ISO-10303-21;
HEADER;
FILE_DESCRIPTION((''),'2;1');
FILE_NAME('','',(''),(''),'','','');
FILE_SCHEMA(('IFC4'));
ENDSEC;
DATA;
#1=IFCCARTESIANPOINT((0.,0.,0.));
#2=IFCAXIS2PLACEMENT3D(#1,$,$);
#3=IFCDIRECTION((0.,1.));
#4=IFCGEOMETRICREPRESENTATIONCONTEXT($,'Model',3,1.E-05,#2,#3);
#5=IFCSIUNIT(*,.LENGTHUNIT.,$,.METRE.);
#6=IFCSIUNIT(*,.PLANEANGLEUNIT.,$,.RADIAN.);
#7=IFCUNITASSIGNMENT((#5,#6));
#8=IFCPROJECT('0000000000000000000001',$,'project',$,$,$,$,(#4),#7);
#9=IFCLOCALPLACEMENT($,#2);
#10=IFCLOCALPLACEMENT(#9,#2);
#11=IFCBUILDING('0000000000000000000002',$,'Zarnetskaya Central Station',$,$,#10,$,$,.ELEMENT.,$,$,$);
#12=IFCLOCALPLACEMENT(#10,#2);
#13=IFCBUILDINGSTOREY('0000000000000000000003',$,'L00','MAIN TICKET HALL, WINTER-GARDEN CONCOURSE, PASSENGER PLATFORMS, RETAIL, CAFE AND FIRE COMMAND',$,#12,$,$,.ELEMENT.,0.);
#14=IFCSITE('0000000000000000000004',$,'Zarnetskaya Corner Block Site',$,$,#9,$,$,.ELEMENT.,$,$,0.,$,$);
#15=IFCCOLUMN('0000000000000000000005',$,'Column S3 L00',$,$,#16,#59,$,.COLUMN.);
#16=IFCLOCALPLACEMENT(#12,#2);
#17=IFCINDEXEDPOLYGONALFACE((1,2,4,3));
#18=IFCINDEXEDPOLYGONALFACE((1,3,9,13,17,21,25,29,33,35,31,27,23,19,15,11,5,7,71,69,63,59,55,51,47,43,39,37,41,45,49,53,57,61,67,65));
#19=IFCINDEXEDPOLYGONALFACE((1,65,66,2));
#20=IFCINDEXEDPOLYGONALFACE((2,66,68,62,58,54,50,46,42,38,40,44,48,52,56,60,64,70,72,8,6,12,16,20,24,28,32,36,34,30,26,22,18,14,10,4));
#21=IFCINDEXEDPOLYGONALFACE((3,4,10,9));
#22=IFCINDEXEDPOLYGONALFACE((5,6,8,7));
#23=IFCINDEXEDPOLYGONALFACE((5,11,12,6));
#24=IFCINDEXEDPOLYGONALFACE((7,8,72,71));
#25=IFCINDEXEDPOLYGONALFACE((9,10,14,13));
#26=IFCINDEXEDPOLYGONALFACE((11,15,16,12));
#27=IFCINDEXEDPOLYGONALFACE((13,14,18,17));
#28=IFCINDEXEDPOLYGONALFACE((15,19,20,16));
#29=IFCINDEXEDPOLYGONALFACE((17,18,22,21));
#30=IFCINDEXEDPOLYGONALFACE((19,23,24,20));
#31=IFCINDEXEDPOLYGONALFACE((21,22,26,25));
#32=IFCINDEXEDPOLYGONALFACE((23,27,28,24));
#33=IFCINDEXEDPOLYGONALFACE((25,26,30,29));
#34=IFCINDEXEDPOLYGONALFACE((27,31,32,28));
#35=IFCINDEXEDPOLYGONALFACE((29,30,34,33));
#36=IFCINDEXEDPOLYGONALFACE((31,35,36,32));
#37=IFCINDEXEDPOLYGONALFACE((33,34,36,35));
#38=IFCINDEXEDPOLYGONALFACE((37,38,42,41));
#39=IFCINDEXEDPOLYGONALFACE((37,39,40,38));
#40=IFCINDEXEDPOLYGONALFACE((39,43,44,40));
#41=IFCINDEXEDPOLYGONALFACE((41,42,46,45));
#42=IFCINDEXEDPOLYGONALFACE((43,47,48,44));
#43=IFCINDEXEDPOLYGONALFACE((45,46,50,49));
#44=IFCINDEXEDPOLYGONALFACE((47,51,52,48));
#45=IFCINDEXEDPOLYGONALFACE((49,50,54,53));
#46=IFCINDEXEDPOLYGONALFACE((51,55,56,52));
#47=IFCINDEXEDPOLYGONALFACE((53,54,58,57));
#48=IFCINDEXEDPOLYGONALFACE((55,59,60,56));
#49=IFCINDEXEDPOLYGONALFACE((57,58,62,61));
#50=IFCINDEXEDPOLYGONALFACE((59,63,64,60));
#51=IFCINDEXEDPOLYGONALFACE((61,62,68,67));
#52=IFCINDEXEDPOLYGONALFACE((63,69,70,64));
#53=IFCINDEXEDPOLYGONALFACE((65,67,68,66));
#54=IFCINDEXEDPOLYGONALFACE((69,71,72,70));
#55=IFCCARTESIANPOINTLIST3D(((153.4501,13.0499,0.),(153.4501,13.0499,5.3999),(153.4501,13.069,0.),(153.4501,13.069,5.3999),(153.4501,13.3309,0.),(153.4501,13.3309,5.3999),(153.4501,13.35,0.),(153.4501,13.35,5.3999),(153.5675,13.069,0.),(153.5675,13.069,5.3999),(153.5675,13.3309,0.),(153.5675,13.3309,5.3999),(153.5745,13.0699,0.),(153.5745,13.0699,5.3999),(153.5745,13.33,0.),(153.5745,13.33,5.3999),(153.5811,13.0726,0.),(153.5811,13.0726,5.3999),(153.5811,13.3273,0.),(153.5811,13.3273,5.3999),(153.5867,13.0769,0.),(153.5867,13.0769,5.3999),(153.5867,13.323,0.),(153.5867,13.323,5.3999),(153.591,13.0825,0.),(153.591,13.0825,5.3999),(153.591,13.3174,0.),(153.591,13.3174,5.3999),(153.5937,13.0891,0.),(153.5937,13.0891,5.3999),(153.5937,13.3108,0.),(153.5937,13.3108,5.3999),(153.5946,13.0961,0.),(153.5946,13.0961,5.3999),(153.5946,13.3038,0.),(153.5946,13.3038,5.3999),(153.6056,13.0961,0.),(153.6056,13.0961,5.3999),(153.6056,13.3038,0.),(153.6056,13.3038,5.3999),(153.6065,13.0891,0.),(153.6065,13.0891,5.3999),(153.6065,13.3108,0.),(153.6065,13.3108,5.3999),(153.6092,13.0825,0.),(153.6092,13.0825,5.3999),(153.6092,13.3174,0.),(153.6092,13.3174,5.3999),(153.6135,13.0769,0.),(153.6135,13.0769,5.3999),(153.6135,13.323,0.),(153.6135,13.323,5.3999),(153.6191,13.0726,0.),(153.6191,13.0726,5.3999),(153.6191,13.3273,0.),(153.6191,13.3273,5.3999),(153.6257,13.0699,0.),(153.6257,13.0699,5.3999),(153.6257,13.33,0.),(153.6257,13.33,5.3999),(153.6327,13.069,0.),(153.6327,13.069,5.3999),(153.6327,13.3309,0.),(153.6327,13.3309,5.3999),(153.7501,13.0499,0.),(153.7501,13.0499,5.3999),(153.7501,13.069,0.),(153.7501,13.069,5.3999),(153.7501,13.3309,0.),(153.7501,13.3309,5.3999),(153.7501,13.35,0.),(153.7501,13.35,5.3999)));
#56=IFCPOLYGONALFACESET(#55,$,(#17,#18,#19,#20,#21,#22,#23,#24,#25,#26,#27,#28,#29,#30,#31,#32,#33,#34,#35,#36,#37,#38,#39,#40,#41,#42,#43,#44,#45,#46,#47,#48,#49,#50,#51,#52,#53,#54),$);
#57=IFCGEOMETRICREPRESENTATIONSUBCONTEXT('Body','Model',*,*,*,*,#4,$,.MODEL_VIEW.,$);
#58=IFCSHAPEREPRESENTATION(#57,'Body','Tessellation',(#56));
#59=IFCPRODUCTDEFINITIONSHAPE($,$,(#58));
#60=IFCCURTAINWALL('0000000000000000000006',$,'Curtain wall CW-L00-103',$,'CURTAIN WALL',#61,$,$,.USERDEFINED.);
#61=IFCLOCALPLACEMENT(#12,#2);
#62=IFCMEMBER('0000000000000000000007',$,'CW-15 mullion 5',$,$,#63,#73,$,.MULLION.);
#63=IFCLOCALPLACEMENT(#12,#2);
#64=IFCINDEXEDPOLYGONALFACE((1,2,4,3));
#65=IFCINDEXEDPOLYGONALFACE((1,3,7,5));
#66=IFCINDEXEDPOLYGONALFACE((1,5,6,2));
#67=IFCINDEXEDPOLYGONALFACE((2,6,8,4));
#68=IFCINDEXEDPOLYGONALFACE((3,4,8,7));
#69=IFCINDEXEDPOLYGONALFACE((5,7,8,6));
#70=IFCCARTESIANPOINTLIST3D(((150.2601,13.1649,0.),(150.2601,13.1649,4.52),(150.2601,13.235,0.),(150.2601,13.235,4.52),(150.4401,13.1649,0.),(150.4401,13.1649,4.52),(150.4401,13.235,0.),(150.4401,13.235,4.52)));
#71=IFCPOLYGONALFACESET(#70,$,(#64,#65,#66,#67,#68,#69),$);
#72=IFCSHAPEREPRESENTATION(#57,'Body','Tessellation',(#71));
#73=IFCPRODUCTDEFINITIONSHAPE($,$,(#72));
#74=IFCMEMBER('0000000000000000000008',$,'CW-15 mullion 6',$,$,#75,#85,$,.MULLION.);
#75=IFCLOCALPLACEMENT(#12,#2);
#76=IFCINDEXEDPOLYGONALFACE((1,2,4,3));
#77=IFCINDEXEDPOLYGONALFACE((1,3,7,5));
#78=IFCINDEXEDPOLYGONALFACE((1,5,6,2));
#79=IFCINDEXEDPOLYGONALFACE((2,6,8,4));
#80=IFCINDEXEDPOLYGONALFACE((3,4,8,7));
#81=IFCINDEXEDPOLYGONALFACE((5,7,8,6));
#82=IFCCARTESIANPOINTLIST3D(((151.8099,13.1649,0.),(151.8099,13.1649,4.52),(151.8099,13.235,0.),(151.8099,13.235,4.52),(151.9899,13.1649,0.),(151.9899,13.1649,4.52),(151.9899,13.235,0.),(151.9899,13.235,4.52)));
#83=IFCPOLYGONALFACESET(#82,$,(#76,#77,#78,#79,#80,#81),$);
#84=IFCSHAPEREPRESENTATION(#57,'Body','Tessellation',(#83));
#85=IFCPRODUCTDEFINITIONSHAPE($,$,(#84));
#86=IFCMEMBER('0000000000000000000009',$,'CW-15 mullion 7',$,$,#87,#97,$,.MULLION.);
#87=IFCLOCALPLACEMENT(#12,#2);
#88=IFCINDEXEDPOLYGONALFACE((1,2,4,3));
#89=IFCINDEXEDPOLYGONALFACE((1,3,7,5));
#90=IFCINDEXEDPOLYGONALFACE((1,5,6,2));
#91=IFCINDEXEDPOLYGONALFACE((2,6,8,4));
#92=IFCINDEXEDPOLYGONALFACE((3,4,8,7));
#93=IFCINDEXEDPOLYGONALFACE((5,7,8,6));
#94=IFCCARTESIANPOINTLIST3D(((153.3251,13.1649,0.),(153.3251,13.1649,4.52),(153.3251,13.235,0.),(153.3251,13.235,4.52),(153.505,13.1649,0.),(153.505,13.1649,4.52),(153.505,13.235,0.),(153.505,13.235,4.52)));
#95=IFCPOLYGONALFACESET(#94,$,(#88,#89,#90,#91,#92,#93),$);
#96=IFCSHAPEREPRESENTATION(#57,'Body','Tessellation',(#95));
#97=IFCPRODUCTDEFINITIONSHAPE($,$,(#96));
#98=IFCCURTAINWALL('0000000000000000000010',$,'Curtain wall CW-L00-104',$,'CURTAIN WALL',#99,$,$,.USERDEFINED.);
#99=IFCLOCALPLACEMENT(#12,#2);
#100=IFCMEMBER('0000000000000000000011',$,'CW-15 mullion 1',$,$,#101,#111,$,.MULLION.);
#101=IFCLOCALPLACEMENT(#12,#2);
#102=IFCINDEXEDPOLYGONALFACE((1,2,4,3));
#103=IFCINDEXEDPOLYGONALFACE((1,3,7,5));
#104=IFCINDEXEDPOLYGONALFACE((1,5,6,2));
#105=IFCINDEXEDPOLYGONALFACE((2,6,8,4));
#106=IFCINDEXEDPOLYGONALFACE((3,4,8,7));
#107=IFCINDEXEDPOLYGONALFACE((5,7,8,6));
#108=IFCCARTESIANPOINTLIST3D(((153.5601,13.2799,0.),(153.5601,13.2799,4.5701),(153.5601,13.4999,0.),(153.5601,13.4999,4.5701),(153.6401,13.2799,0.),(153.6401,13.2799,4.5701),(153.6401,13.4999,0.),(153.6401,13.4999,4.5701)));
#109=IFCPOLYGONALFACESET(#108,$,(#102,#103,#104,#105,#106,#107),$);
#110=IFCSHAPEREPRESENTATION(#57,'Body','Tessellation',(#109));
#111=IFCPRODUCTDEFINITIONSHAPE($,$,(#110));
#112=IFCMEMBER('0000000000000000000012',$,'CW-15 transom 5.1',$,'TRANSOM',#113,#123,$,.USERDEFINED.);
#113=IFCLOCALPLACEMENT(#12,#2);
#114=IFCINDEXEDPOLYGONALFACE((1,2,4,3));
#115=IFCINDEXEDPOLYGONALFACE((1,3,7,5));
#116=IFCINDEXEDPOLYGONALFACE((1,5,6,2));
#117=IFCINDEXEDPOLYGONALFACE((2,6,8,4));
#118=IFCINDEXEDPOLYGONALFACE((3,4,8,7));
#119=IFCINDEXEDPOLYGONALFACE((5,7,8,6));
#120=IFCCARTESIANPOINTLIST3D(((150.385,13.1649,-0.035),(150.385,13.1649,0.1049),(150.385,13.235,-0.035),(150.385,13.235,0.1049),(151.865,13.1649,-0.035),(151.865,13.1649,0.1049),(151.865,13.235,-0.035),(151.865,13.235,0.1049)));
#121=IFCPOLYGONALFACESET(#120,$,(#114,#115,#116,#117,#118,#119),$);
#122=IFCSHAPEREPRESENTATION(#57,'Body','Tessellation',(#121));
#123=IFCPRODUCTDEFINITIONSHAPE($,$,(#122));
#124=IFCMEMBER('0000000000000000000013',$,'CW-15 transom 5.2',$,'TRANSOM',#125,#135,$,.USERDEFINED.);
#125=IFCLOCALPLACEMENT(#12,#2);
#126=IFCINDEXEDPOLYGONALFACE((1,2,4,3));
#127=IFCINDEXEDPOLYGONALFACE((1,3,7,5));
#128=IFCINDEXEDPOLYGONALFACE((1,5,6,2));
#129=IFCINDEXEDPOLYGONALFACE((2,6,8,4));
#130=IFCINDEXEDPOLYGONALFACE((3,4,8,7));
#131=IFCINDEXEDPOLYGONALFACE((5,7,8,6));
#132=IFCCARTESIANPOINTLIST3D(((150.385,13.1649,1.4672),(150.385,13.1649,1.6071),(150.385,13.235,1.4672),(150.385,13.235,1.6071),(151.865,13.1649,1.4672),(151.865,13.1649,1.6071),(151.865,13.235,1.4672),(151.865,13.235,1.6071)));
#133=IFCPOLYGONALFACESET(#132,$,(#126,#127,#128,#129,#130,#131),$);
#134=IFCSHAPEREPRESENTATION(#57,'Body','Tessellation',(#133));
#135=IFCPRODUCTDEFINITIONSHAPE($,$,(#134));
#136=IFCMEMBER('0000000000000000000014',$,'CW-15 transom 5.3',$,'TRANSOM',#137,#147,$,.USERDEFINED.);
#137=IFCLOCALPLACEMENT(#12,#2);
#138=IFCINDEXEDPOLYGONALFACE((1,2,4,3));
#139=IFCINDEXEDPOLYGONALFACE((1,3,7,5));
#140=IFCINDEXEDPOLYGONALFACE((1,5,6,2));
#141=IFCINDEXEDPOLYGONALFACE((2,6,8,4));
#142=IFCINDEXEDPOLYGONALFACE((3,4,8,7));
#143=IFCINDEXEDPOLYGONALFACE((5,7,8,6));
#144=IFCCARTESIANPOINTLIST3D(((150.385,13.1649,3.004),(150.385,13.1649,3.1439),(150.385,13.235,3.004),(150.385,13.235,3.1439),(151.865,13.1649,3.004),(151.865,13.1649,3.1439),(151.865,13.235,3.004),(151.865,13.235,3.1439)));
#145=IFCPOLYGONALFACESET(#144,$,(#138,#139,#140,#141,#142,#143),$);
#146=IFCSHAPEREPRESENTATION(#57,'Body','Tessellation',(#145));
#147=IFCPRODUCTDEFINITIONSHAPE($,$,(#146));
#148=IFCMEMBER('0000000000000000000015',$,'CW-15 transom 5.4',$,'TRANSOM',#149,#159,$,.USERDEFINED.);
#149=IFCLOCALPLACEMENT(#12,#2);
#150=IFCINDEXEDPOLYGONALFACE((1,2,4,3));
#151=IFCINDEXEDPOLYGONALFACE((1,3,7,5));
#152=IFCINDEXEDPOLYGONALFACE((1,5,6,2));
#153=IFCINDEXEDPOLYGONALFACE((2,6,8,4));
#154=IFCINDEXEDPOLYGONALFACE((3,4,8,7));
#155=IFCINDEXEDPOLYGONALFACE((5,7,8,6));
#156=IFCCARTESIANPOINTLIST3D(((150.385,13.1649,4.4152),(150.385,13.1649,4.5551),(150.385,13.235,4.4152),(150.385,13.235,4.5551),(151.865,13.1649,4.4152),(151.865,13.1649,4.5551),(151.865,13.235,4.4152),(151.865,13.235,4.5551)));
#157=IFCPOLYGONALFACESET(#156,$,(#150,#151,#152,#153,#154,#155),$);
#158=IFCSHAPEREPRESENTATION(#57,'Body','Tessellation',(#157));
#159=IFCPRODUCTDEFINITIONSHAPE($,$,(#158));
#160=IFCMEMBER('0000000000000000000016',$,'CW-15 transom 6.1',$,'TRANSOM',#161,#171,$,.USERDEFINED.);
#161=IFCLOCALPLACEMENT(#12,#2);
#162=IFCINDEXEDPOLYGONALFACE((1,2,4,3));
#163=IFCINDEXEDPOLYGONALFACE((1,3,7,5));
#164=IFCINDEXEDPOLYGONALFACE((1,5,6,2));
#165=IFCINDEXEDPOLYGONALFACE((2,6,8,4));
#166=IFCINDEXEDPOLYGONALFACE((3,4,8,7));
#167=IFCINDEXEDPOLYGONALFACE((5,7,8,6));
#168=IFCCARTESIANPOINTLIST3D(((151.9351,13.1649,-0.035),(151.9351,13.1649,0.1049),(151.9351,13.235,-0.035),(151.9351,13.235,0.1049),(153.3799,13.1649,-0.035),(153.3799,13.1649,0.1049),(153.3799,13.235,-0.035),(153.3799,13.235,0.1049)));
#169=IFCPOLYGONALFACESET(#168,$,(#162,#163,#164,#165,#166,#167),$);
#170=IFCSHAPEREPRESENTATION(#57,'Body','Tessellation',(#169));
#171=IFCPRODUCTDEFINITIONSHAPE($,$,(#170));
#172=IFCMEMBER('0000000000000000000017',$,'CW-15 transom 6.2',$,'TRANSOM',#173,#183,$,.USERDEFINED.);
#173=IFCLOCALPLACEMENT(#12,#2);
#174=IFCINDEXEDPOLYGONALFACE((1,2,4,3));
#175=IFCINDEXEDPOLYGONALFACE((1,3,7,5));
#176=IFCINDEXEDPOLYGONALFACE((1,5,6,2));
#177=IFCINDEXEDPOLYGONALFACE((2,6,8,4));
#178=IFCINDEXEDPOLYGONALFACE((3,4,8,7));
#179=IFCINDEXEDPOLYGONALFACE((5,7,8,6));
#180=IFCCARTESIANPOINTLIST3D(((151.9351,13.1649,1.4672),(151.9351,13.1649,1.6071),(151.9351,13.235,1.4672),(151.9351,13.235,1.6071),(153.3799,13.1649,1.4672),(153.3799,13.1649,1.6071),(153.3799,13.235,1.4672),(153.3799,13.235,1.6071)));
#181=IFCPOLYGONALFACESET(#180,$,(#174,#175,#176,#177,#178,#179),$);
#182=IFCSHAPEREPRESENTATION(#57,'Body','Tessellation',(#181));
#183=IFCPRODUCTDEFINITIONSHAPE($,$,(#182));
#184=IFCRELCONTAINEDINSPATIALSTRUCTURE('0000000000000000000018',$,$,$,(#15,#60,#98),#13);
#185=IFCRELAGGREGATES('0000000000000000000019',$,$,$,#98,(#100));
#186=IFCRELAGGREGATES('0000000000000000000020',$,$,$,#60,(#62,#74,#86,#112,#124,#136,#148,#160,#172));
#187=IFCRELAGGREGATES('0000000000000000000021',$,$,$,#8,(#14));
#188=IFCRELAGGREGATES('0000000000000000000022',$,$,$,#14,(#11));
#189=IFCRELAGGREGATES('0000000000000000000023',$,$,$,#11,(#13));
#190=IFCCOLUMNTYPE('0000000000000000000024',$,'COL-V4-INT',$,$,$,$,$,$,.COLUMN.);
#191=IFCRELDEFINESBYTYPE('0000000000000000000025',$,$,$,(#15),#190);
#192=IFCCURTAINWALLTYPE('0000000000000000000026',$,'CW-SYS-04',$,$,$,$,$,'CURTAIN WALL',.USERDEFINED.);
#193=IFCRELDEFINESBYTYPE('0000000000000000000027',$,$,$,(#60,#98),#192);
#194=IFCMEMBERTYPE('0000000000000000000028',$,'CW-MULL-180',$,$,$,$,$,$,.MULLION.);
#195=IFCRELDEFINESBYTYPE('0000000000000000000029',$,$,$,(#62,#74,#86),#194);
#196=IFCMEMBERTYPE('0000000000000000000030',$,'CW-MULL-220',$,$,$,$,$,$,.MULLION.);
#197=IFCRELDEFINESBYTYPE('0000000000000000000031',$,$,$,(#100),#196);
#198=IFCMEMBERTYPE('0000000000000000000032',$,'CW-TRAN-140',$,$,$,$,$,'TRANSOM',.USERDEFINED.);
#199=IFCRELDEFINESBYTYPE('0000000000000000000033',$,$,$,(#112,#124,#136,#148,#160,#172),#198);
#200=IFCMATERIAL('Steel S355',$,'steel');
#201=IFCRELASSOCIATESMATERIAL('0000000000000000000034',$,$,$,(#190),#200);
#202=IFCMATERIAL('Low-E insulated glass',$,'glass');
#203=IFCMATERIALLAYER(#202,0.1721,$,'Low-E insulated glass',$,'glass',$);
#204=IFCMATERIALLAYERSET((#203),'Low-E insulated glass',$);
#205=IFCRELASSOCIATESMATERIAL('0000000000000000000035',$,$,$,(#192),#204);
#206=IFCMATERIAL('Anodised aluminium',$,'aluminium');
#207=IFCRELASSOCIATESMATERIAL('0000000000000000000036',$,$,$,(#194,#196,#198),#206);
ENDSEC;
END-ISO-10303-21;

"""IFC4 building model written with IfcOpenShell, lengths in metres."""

from ifc_helpers import new_model, si_unit, direction, frame, origin, origin_2d, place, context, subcontext, project, spatial, rectangle, i_section, extrude, material, layer, layer_set, material_profile, profile_set, type_object, element, aggregate, save


model = new_model("IFC4")

# Units and contexts
model_context = context("Model", 3, precision=1e-05, world=origin(), true_north=direction((0.0, 1.0)))
body_context = subcontext(model_context, "Body", "Model", "MODEL_VIEW")
ifc_project = project(units=[si_unit("LENGTHUNIT", "METRE"), si_unit("PLANEANGLEUNIT", "RADIAN")], contexts=[model_context])

# Site, building, storey
site_placement = place(None, origin())
site = spatial("IfcSite", under=ifc_project, at=site_placement, Name="Zarnetskaya Corner Block Site", CompositionType="ELEMENT", RefElevation=0.0)
building_placement = place(site_placement, origin())
building = spatial("IfcBuilding", under=site, at=building_placement, Name="Zarnetskaya Central Station", CompositionType="ELEMENT")
storey_placement = place(building_placement, origin())
storey = spatial("IfcBuildingStorey", under=building, at=storey_placement, Name="L00", Description="MAIN TICKET HALL, WINTER-GARDEN CONCOURSE, PASSENGER PLATFORMS, RETAIL, CAFE AND FIRE COMMAND", CompositionType="ELEMENT", Elevation=0.0)

# Column
ifc_material_1 = material(Name="Steel S355", Category="steel")
ifc_material_profile_1 = material_profile(ifc_material_1, i_section(OverallWidth=0.3, OverallDepth=0.3, WebThickness=0.011, FlangeThickness=0.019, FilletRadius=0.0271, at=origin_2d()), Name="HEB 300")
ifc_profile_set_1 = profile_set([ifc_material_profile_1], Name="Steel S355")
column_type = type_object("IfcColumnType", Name="COL-V4-INT", PredefinedType="COLUMN", material=ifc_profile_set_1)
column_placement = place(storey_placement, frame((153.6001, 13.2, 0.0), z_axis=(0.0, 0.0, 1.0), x_axis=(1.0, 0.0, 0.0)))
element("IfcColumn", 1, at=column_placement, inside=storey, type_object=column_type, Name="Column S3 L00", PredefinedType="COLUMN", context=body_context, shape_type="SweptSolid", body=[
    extrude(i_section(OverallWidth=0.3, OverallDepth=0.3, WebThickness=0.011, FlangeThickness=0.019, FilletRadius=0.0271, at=origin_2d()), origin(), (0.0, 0.0, 1.0), 5.3999),
])

# Curtain wall, members
ifc_material_2 = material(Name="Low-E insulated glass", Category="glass")
ifc_layer_1 = layer(ifc_material_2, 0.1721, Name="Low-E insulated glass", Category="glass")
ifc_layer_set_1 = layer_set([ifc_layer_1], Name="Low-E insulated glass")
curtain_wall_type = type_object("IfcCurtainWallType", Name="CW-SYS-04", ElementType="CURTAIN WALL", PredefinedType="USERDEFINED", material=ifc_layer_set_1)
curtain_wall_1_placement = place(storey_placement, origin())
curtain_wall_1 = element("IfcCurtainWall", 2, at=curtain_wall_1_placement, inside=storey, type_object=curtain_wall_type, Name="Curtain wall CW-L00-103", ObjectType="CURTAIN WALL", PredefinedType="USERDEFINED")
ifc_material_3 = material(Name="Anodised aluminium", Category="aluminium")
ifc_material_profile_2 = material_profile(ifc_material_3, rectangle(XDim=0.0701, YDim=0.1799, at=origin_2d()), Name="ALU MULL 70x180")
ifc_profile_set_2 = profile_set([ifc_material_profile_2], Name="Anodised aluminium")
member_type_1 = type_object("IfcMemberType", Name="CW-MULL-180", PredefinedType="MULLION", material=ifc_profile_set_2)
member_1_placement = place(storey_placement, frame((150.3501, 13.2, 0.0), z_axis=(0.0, 0.0, 1.0), x_axis=(0.0, 1.0, 0.0)))
member_1 = element("IfcMember", 3, at=member_1_placement, type_object=member_type_1, Name="CW-15 mullion 5", PredefinedType="MULLION", context=body_context, shape_type="SweptSolid", body=[
    extrude(rectangle(XDim=0.0701, YDim=0.1799, at=origin_2d()), origin(), (0.0, 0.0, 1.0), 4.52),
])
member_2_placement = place(storey_placement, frame((151.8999, 13.2, 0.0), z_axis=(0.0, 0.0, 1.0), x_axis=(0.0, 1.0, 0.0)))
member_2 = element("IfcMember", 4, at=member_2_placement, type_object=member_type_1, Name="CW-15 mullion 6", PredefinedType="MULLION", context=body_context, shape_type="SweptSolid", body=[
    extrude(rectangle(XDim=0.0701, YDim=0.1799, at=origin_2d()), origin(), (0.0, 0.0, 1.0), 4.52),
])
member_3_placement = place(storey_placement, frame((153.415, 13.2, 0.0), z_axis=(0.0, 0.0, 1.0), x_axis=(0.0, 1.0, 0.0)))
member_3 = element("IfcMember", 5, at=member_3_placement, type_object=member_type_1, Name="CW-15 mullion 7", PredefinedType="MULLION", context=body_context, shape_type="SweptSolid", body=[
    extrude(rectangle(XDim=0.0701, YDim=0.1799, at=origin_2d()), origin(), (0.0, 0.0, 1.0), 4.52),
])

# Curtain wall, member
curtain_wall_2_placement = place(storey_placement, origin())
curtain_wall_2 = element("IfcCurtainWall", 6, at=curtain_wall_2_placement, inside=storey, type_object=curtain_wall_type, Name="Curtain wall CW-L00-104", ObjectType="CURTAIN WALL", PredefinedType="USERDEFINED")
ifc_material_profile_3 = material_profile(ifc_material_3, rectangle(XDim=0.0801, YDim=0.22, at=origin_2d()), Name="ALU MULL 80x220")
ifc_profile_set_3 = profile_set([ifc_material_profile_3], Name="Anodised aluminium")
member_type_2 = type_object("IfcMemberType", Name="CW-MULL-220", PredefinedType="MULLION", material=ifc_profile_set_3)
member_4_placement = place(storey_placement, frame((153.6001, 13.3899, 0.0), z_axis=(0.0, 0.0, 1.0), x_axis=(-1.0, 0.0, 0.0)))
member_4 = element("IfcMember", 7, at=member_4_placement, type_object=member_type_2, Name="CW-15 mullion 1", PredefinedType="MULLION", context=body_context, shape_type="SweptSolid", body=[
    extrude(rectangle(XDim=0.0801, YDim=0.22, at=origin_2d()), origin(), (0.0, 0.0, 1.0), 4.5701),
])

# Members
ifc_material_profile_4 = material_profile(ifc_material_3, rectangle(XDim=0.0701, YDim=0.1399, at=origin_2d()), Name="ALU TRAN 70x140")
ifc_profile_set_4 = profile_set([ifc_material_profile_4], Name="Anodised aluminium")
member_type_3 = type_object("IfcMemberType", Name="CW-TRAN-140", ElementType="TRANSOM", PredefinedType="USERDEFINED", material=ifc_profile_set_4)
member_5_placement = place(storey_placement, frame((150.385, 13.2, 0.0349), z_axis=(1.0, 0.0, 0.0), x_axis=(0.0, 1.0, 0.0)))
member_5 = element("IfcMember", 8, at=member_5_placement, type_object=member_type_3, Name="CW-15 transom 5.1", ObjectType="TRANSOM", PredefinedType="USERDEFINED", context=body_context, shape_type="SweptSolid", body=[
    extrude(rectangle(XDim=0.0701, YDim=0.1399, at=origin_2d()), origin(), (0.0, 0.0, 1.0), 1.48),
])
member_6_placement = place(storey_placement, frame((150.385, 13.2, 1.5371), z_axis=(1.0, 0.0, 0.0), x_axis=(0.0, 1.0, 0.0)))
member_6 = element("IfcMember", 9, at=member_6_placement, type_object=member_type_3, Name="CW-15 transom 5.2", ObjectType="TRANSOM", PredefinedType="USERDEFINED", context=body_context, shape_type="SweptSolid", body=[
    extrude(rectangle(XDim=0.0701, YDim=0.1399, at=origin_2d()), origin(), (0.0, 0.0, 1.0), 1.48),
])
member_7_placement = place(storey_placement, frame((150.385, 13.2, 3.074), z_axis=(1.0, 0.0, 0.0), x_axis=(0.0, 1.0, 0.0)))
member_7 = element("IfcMember", 10, at=member_7_placement, type_object=member_type_3, Name="CW-15 transom 5.3", ObjectType="TRANSOM", PredefinedType="USERDEFINED", context=body_context, shape_type="SweptSolid", body=[
    extrude(rectangle(XDim=0.0701, YDim=0.1399, at=origin_2d()), origin(), (0.0, 0.0, 1.0), 1.48),
])
member_8_placement = place(storey_placement, frame((150.385, 13.2, 4.4851), z_axis=(1.0, 0.0, 0.0), x_axis=(0.0, 1.0, 0.0)))
member_8 = element("IfcMember", 11, at=member_8_placement, type_object=member_type_3, Name="CW-15 transom 5.4", ObjectType="TRANSOM", PredefinedType="USERDEFINED", context=body_context, shape_type="SweptSolid", body=[
    extrude(rectangle(XDim=0.0701, YDim=0.1399, at=origin_2d()), origin(), (0.0, 0.0, 1.0), 1.48),
])
member_9_placement = place(storey_placement, frame((151.9351, 13.2, 0.0349), z_axis=(1.0, 0.0, 0.0), x_axis=(0.0, 1.0, 0.0)))
member_9 = element("IfcMember", 12, at=member_9_placement, type_object=member_type_3, Name="CW-15 transom 6.1", ObjectType="TRANSOM", PredefinedType="USERDEFINED", context=body_context, shape_type="SweptSolid", body=[
    extrude(rectangle(XDim=0.0701, YDim=0.1399, at=origin_2d()), origin(), (0.0, 0.0, 1.0), 1.4448),
])
member_10_placement = place(storey_placement, frame((151.9351, 13.2, 1.5371), z_axis=(1.0, 0.0, 0.0), x_axis=(0.0, 1.0, 0.0)))
member_10 = element("IfcMember", 13, at=member_10_placement, type_object=member_type_3, Name="CW-15 transom 6.2", ObjectType="TRANSOM", PredefinedType="USERDEFINED", context=body_context, shape_type="SweptSolid", body=[
    extrude(rectangle(XDim=0.0701, YDim=0.1399, at=origin_2d()), origin(), (0.0, 0.0, 1.0), 1.4448),
])
aggregate(curtain_wall_2, [member_4])

aggregate(curtain_wall_1, [member_1, member_2, member_3, member_5, member_6, member_7, member_8, member_9, member_10])

save(model, "model.ifc")
